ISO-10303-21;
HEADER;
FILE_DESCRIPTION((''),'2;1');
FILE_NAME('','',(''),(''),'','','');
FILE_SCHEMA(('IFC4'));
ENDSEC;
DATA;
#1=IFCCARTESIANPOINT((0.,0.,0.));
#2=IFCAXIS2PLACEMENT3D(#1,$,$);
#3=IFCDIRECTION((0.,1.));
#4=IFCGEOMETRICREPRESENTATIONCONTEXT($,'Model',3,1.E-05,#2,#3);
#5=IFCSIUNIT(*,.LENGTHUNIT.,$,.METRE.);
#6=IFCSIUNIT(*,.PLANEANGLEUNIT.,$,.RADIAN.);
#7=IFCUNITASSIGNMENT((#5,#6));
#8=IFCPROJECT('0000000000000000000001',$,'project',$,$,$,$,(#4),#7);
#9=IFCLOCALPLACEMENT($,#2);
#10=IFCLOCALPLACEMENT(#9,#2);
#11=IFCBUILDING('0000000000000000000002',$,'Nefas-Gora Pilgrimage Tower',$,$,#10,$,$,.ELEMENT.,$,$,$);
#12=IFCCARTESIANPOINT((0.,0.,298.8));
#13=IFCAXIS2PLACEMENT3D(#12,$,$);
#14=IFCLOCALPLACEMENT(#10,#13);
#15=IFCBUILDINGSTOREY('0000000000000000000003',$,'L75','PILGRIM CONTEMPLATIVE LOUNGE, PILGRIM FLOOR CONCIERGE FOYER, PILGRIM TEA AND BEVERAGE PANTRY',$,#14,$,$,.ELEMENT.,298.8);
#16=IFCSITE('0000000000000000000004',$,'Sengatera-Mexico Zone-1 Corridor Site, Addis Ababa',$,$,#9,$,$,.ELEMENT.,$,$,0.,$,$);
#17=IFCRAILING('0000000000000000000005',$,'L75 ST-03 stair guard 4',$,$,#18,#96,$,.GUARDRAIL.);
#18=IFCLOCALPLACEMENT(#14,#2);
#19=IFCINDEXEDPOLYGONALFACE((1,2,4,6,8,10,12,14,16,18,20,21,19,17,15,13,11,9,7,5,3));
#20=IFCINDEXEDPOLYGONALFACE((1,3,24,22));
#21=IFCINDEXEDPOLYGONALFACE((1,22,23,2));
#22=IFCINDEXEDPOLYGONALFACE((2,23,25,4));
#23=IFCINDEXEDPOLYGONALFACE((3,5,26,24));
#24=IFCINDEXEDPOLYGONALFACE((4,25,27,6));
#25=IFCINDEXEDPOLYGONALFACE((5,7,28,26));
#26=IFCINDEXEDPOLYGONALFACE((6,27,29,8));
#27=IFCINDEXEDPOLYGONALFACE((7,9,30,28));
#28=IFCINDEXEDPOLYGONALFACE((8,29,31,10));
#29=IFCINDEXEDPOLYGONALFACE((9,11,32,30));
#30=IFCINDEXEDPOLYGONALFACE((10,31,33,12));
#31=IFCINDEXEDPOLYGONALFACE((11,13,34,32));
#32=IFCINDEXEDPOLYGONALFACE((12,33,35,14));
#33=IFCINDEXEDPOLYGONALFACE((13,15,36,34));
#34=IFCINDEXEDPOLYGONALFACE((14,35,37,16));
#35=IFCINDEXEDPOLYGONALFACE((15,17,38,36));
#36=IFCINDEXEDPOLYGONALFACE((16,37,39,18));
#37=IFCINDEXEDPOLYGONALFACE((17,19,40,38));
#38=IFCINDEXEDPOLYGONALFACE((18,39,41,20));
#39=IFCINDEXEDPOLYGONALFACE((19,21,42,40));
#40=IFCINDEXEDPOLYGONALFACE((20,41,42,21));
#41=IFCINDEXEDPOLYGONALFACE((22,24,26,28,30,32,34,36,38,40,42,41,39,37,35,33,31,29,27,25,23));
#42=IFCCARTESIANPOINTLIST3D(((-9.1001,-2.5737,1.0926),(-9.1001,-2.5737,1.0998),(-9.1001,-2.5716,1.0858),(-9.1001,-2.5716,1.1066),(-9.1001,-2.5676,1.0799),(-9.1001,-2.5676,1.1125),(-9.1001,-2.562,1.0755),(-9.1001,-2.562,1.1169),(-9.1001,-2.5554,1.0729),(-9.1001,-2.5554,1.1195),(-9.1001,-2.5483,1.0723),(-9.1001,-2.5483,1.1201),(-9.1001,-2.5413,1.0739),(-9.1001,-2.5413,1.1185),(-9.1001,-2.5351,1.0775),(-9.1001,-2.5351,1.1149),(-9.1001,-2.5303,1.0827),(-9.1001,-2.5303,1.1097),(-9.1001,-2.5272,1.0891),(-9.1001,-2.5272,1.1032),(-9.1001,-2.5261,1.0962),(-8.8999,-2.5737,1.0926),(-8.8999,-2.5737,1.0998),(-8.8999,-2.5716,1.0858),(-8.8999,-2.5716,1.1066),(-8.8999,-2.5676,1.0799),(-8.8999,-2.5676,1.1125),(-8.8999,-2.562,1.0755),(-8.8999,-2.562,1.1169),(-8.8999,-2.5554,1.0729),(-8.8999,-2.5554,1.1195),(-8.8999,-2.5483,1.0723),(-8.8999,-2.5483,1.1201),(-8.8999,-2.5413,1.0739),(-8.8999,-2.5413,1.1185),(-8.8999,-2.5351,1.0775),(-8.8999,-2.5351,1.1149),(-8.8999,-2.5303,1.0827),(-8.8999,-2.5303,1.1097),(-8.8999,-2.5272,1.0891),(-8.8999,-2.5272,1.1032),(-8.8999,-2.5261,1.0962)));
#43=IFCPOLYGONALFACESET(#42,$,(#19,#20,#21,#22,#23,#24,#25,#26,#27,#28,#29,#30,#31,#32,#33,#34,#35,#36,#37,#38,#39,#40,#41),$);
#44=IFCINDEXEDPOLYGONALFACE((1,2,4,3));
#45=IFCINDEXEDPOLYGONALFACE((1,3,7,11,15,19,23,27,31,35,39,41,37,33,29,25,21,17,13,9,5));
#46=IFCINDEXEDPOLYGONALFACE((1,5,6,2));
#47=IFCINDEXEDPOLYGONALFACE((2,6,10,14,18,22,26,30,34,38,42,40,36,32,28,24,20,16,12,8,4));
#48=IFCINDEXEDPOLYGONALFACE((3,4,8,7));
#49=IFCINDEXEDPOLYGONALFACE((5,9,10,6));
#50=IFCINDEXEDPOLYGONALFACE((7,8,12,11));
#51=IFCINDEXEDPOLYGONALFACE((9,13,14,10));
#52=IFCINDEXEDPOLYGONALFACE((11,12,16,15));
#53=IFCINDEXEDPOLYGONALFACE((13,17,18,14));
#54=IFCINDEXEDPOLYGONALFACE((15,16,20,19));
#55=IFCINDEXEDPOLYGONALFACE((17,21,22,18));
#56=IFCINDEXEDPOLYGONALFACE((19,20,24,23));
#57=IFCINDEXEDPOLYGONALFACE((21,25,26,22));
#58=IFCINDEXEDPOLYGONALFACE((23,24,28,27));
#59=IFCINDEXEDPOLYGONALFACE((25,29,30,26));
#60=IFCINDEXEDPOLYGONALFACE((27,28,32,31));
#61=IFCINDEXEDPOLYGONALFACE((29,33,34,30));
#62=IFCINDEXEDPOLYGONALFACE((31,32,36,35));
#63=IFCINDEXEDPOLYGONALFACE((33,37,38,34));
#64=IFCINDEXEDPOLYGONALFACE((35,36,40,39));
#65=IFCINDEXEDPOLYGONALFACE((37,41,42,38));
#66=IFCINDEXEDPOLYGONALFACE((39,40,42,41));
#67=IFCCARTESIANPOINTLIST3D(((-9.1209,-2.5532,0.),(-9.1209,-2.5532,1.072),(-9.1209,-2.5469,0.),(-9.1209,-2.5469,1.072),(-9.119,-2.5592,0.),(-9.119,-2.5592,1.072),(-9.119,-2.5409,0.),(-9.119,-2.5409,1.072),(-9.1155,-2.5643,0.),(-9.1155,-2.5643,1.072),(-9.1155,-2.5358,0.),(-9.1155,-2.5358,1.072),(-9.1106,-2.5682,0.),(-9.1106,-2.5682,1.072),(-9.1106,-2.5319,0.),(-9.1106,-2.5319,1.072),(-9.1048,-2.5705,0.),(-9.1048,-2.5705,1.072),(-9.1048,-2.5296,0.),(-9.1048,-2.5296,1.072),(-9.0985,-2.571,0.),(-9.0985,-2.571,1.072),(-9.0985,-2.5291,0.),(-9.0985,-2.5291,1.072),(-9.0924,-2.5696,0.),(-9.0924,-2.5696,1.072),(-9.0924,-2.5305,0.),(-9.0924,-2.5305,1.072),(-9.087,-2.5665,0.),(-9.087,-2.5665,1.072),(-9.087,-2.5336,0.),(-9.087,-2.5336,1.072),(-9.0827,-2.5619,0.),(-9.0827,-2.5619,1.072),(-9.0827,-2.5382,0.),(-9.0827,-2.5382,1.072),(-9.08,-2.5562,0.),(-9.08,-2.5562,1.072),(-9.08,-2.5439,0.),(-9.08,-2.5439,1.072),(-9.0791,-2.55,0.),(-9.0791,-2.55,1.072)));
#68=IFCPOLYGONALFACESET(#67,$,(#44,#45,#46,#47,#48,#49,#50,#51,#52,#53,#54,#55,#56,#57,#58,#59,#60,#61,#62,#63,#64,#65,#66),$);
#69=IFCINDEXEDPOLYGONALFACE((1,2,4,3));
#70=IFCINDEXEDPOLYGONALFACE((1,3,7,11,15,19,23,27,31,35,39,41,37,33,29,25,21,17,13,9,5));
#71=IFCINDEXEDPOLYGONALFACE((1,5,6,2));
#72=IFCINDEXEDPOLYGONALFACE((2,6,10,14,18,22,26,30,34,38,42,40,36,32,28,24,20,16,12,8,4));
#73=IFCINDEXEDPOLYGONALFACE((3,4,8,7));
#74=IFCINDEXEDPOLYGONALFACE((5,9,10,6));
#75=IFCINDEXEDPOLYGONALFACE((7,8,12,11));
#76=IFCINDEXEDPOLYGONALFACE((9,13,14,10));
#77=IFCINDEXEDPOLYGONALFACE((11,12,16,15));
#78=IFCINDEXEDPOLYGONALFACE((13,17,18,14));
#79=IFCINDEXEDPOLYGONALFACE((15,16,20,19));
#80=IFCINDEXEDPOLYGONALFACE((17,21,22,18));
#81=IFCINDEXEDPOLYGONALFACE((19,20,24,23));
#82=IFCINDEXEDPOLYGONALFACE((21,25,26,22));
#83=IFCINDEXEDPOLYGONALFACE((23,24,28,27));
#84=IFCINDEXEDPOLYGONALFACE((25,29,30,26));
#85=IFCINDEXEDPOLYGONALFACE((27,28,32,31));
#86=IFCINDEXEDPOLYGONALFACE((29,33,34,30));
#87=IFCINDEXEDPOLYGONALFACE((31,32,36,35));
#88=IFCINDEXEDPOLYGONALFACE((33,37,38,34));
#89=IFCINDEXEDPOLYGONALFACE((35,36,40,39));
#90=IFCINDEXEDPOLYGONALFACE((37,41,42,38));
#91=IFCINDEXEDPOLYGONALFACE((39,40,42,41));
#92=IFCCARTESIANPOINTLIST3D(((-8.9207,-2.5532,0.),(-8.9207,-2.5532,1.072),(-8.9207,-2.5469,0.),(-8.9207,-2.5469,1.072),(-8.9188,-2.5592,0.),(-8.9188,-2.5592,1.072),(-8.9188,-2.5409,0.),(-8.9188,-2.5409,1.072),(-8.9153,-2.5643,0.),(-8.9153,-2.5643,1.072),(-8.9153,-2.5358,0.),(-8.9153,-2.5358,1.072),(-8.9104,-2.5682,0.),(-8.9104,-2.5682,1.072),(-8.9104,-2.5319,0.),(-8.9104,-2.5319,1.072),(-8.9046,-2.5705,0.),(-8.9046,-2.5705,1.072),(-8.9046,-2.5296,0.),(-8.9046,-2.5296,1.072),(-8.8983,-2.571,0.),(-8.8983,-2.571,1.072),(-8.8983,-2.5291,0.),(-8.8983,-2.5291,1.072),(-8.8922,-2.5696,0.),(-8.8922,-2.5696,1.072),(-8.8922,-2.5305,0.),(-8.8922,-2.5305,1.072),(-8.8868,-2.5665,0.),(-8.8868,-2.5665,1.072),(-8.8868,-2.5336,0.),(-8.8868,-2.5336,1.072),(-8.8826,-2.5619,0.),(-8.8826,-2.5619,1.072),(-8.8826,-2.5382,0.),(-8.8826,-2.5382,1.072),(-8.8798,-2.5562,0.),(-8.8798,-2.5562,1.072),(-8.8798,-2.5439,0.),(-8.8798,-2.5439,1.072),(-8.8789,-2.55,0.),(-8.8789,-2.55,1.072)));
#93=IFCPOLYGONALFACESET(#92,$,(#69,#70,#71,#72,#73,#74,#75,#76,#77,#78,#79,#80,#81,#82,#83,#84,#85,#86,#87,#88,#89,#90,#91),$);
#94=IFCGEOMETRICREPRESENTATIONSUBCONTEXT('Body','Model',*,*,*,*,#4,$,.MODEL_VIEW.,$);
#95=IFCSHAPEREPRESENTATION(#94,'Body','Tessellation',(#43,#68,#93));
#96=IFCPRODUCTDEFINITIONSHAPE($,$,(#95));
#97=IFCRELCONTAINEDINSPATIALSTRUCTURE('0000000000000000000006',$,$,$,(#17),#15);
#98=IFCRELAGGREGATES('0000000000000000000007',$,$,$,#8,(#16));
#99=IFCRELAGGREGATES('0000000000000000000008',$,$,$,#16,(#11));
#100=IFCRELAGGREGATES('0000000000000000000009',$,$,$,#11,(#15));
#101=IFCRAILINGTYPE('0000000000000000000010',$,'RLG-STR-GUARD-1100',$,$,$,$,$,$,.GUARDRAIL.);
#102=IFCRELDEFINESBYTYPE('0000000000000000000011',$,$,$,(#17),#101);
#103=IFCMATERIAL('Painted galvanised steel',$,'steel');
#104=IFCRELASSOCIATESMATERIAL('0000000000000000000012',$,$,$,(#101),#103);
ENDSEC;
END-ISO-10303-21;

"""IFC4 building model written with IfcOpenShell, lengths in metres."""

from ifc_helpers import new_model, si_unit, direction, frame, origin, origin_2d, place, context, subcontext, project, spatial, circle, extrude, material, type_object, element, save


model = new_model("IFC4")

# Units and contexts
model_context = context("Model", 3, precision=1e-05, world=origin(), true_north=direction((0.0, 1.0)))
body_context = subcontext(model_context, "Body", "Model", "MODEL_VIEW")
ifc_project = project(units=[si_unit("LENGTHUNIT", "METRE"), si_unit("PLANEANGLEUNIT", "RADIAN")], contexts=[model_context])

# Site, building, storey
site_placement = place(None, origin())
site = spatial("IfcSite", under=ifc_project, at=site_placement, Name="Sengatera-Mexico Zone-1 Corridor Site, Addis Ababa", CompositionType="ELEMENT", RefElevation=0.0)
building_placement = place(site_placement, origin())
building = spatial("IfcBuilding", under=site, at=building_placement, Name="Nefas-Gora Pilgrimage Tower", CompositionType="ELEMENT")
storey_placement = place(building_placement, frame((0.0, 0.0, 298.8)))
storey = spatial("IfcBuildingStorey", under=building, at=storey_placement, Name="L75", Description="PILGRIM CONTEMPLATIVE LOUNGE, PILGRIM FLOOR CONCIERGE FOYER, PILGRIM TEA AND BEVERAGE PANTRY", CompositionType="ELEMENT", Elevation=298.8)

# Railing
ifc_material_1 = material(Name="Painted galvanised steel", Category="steel")
railing_type_1 = type_object("IfcRailingType", Name="RLG-STR-GUARD-1100", PredefinedType="GUARDRAIL", material=ifc_material_1)
railing_1_placement = place(storey_placement, frame((-9.1001, -2.55, 0.0)))
element("IfcRailing", 1, at=railing_1_placement, inside=storey, type_object=railing_type_1, Name="L75 ST-03 stair guard 4", PredefinedType="GUARDRAIL", context=body_context, shape_type="SweptSolid", body=[
    extrude(circle(Radius=0.0239, at=origin_2d()), frame((0.0, 0.0, 1.0962), z_axis=(1.0, 0.0, 0.0), x_axis=(0.0, 1.0, 0.0)), (0.0, 0.0, 1.0), 0.2002),
    extrude(circle(Radius=0.021, at=origin_2d()), origin(), (0.0, 0.0, 1.0), 1.072),
    extrude(circle(Radius=0.021, at=origin_2d()), frame((0.2002, 0.0, 0.0)), (0.0, 0.0, 1.0), 1.072),
])

save(model, "model.ifc")
